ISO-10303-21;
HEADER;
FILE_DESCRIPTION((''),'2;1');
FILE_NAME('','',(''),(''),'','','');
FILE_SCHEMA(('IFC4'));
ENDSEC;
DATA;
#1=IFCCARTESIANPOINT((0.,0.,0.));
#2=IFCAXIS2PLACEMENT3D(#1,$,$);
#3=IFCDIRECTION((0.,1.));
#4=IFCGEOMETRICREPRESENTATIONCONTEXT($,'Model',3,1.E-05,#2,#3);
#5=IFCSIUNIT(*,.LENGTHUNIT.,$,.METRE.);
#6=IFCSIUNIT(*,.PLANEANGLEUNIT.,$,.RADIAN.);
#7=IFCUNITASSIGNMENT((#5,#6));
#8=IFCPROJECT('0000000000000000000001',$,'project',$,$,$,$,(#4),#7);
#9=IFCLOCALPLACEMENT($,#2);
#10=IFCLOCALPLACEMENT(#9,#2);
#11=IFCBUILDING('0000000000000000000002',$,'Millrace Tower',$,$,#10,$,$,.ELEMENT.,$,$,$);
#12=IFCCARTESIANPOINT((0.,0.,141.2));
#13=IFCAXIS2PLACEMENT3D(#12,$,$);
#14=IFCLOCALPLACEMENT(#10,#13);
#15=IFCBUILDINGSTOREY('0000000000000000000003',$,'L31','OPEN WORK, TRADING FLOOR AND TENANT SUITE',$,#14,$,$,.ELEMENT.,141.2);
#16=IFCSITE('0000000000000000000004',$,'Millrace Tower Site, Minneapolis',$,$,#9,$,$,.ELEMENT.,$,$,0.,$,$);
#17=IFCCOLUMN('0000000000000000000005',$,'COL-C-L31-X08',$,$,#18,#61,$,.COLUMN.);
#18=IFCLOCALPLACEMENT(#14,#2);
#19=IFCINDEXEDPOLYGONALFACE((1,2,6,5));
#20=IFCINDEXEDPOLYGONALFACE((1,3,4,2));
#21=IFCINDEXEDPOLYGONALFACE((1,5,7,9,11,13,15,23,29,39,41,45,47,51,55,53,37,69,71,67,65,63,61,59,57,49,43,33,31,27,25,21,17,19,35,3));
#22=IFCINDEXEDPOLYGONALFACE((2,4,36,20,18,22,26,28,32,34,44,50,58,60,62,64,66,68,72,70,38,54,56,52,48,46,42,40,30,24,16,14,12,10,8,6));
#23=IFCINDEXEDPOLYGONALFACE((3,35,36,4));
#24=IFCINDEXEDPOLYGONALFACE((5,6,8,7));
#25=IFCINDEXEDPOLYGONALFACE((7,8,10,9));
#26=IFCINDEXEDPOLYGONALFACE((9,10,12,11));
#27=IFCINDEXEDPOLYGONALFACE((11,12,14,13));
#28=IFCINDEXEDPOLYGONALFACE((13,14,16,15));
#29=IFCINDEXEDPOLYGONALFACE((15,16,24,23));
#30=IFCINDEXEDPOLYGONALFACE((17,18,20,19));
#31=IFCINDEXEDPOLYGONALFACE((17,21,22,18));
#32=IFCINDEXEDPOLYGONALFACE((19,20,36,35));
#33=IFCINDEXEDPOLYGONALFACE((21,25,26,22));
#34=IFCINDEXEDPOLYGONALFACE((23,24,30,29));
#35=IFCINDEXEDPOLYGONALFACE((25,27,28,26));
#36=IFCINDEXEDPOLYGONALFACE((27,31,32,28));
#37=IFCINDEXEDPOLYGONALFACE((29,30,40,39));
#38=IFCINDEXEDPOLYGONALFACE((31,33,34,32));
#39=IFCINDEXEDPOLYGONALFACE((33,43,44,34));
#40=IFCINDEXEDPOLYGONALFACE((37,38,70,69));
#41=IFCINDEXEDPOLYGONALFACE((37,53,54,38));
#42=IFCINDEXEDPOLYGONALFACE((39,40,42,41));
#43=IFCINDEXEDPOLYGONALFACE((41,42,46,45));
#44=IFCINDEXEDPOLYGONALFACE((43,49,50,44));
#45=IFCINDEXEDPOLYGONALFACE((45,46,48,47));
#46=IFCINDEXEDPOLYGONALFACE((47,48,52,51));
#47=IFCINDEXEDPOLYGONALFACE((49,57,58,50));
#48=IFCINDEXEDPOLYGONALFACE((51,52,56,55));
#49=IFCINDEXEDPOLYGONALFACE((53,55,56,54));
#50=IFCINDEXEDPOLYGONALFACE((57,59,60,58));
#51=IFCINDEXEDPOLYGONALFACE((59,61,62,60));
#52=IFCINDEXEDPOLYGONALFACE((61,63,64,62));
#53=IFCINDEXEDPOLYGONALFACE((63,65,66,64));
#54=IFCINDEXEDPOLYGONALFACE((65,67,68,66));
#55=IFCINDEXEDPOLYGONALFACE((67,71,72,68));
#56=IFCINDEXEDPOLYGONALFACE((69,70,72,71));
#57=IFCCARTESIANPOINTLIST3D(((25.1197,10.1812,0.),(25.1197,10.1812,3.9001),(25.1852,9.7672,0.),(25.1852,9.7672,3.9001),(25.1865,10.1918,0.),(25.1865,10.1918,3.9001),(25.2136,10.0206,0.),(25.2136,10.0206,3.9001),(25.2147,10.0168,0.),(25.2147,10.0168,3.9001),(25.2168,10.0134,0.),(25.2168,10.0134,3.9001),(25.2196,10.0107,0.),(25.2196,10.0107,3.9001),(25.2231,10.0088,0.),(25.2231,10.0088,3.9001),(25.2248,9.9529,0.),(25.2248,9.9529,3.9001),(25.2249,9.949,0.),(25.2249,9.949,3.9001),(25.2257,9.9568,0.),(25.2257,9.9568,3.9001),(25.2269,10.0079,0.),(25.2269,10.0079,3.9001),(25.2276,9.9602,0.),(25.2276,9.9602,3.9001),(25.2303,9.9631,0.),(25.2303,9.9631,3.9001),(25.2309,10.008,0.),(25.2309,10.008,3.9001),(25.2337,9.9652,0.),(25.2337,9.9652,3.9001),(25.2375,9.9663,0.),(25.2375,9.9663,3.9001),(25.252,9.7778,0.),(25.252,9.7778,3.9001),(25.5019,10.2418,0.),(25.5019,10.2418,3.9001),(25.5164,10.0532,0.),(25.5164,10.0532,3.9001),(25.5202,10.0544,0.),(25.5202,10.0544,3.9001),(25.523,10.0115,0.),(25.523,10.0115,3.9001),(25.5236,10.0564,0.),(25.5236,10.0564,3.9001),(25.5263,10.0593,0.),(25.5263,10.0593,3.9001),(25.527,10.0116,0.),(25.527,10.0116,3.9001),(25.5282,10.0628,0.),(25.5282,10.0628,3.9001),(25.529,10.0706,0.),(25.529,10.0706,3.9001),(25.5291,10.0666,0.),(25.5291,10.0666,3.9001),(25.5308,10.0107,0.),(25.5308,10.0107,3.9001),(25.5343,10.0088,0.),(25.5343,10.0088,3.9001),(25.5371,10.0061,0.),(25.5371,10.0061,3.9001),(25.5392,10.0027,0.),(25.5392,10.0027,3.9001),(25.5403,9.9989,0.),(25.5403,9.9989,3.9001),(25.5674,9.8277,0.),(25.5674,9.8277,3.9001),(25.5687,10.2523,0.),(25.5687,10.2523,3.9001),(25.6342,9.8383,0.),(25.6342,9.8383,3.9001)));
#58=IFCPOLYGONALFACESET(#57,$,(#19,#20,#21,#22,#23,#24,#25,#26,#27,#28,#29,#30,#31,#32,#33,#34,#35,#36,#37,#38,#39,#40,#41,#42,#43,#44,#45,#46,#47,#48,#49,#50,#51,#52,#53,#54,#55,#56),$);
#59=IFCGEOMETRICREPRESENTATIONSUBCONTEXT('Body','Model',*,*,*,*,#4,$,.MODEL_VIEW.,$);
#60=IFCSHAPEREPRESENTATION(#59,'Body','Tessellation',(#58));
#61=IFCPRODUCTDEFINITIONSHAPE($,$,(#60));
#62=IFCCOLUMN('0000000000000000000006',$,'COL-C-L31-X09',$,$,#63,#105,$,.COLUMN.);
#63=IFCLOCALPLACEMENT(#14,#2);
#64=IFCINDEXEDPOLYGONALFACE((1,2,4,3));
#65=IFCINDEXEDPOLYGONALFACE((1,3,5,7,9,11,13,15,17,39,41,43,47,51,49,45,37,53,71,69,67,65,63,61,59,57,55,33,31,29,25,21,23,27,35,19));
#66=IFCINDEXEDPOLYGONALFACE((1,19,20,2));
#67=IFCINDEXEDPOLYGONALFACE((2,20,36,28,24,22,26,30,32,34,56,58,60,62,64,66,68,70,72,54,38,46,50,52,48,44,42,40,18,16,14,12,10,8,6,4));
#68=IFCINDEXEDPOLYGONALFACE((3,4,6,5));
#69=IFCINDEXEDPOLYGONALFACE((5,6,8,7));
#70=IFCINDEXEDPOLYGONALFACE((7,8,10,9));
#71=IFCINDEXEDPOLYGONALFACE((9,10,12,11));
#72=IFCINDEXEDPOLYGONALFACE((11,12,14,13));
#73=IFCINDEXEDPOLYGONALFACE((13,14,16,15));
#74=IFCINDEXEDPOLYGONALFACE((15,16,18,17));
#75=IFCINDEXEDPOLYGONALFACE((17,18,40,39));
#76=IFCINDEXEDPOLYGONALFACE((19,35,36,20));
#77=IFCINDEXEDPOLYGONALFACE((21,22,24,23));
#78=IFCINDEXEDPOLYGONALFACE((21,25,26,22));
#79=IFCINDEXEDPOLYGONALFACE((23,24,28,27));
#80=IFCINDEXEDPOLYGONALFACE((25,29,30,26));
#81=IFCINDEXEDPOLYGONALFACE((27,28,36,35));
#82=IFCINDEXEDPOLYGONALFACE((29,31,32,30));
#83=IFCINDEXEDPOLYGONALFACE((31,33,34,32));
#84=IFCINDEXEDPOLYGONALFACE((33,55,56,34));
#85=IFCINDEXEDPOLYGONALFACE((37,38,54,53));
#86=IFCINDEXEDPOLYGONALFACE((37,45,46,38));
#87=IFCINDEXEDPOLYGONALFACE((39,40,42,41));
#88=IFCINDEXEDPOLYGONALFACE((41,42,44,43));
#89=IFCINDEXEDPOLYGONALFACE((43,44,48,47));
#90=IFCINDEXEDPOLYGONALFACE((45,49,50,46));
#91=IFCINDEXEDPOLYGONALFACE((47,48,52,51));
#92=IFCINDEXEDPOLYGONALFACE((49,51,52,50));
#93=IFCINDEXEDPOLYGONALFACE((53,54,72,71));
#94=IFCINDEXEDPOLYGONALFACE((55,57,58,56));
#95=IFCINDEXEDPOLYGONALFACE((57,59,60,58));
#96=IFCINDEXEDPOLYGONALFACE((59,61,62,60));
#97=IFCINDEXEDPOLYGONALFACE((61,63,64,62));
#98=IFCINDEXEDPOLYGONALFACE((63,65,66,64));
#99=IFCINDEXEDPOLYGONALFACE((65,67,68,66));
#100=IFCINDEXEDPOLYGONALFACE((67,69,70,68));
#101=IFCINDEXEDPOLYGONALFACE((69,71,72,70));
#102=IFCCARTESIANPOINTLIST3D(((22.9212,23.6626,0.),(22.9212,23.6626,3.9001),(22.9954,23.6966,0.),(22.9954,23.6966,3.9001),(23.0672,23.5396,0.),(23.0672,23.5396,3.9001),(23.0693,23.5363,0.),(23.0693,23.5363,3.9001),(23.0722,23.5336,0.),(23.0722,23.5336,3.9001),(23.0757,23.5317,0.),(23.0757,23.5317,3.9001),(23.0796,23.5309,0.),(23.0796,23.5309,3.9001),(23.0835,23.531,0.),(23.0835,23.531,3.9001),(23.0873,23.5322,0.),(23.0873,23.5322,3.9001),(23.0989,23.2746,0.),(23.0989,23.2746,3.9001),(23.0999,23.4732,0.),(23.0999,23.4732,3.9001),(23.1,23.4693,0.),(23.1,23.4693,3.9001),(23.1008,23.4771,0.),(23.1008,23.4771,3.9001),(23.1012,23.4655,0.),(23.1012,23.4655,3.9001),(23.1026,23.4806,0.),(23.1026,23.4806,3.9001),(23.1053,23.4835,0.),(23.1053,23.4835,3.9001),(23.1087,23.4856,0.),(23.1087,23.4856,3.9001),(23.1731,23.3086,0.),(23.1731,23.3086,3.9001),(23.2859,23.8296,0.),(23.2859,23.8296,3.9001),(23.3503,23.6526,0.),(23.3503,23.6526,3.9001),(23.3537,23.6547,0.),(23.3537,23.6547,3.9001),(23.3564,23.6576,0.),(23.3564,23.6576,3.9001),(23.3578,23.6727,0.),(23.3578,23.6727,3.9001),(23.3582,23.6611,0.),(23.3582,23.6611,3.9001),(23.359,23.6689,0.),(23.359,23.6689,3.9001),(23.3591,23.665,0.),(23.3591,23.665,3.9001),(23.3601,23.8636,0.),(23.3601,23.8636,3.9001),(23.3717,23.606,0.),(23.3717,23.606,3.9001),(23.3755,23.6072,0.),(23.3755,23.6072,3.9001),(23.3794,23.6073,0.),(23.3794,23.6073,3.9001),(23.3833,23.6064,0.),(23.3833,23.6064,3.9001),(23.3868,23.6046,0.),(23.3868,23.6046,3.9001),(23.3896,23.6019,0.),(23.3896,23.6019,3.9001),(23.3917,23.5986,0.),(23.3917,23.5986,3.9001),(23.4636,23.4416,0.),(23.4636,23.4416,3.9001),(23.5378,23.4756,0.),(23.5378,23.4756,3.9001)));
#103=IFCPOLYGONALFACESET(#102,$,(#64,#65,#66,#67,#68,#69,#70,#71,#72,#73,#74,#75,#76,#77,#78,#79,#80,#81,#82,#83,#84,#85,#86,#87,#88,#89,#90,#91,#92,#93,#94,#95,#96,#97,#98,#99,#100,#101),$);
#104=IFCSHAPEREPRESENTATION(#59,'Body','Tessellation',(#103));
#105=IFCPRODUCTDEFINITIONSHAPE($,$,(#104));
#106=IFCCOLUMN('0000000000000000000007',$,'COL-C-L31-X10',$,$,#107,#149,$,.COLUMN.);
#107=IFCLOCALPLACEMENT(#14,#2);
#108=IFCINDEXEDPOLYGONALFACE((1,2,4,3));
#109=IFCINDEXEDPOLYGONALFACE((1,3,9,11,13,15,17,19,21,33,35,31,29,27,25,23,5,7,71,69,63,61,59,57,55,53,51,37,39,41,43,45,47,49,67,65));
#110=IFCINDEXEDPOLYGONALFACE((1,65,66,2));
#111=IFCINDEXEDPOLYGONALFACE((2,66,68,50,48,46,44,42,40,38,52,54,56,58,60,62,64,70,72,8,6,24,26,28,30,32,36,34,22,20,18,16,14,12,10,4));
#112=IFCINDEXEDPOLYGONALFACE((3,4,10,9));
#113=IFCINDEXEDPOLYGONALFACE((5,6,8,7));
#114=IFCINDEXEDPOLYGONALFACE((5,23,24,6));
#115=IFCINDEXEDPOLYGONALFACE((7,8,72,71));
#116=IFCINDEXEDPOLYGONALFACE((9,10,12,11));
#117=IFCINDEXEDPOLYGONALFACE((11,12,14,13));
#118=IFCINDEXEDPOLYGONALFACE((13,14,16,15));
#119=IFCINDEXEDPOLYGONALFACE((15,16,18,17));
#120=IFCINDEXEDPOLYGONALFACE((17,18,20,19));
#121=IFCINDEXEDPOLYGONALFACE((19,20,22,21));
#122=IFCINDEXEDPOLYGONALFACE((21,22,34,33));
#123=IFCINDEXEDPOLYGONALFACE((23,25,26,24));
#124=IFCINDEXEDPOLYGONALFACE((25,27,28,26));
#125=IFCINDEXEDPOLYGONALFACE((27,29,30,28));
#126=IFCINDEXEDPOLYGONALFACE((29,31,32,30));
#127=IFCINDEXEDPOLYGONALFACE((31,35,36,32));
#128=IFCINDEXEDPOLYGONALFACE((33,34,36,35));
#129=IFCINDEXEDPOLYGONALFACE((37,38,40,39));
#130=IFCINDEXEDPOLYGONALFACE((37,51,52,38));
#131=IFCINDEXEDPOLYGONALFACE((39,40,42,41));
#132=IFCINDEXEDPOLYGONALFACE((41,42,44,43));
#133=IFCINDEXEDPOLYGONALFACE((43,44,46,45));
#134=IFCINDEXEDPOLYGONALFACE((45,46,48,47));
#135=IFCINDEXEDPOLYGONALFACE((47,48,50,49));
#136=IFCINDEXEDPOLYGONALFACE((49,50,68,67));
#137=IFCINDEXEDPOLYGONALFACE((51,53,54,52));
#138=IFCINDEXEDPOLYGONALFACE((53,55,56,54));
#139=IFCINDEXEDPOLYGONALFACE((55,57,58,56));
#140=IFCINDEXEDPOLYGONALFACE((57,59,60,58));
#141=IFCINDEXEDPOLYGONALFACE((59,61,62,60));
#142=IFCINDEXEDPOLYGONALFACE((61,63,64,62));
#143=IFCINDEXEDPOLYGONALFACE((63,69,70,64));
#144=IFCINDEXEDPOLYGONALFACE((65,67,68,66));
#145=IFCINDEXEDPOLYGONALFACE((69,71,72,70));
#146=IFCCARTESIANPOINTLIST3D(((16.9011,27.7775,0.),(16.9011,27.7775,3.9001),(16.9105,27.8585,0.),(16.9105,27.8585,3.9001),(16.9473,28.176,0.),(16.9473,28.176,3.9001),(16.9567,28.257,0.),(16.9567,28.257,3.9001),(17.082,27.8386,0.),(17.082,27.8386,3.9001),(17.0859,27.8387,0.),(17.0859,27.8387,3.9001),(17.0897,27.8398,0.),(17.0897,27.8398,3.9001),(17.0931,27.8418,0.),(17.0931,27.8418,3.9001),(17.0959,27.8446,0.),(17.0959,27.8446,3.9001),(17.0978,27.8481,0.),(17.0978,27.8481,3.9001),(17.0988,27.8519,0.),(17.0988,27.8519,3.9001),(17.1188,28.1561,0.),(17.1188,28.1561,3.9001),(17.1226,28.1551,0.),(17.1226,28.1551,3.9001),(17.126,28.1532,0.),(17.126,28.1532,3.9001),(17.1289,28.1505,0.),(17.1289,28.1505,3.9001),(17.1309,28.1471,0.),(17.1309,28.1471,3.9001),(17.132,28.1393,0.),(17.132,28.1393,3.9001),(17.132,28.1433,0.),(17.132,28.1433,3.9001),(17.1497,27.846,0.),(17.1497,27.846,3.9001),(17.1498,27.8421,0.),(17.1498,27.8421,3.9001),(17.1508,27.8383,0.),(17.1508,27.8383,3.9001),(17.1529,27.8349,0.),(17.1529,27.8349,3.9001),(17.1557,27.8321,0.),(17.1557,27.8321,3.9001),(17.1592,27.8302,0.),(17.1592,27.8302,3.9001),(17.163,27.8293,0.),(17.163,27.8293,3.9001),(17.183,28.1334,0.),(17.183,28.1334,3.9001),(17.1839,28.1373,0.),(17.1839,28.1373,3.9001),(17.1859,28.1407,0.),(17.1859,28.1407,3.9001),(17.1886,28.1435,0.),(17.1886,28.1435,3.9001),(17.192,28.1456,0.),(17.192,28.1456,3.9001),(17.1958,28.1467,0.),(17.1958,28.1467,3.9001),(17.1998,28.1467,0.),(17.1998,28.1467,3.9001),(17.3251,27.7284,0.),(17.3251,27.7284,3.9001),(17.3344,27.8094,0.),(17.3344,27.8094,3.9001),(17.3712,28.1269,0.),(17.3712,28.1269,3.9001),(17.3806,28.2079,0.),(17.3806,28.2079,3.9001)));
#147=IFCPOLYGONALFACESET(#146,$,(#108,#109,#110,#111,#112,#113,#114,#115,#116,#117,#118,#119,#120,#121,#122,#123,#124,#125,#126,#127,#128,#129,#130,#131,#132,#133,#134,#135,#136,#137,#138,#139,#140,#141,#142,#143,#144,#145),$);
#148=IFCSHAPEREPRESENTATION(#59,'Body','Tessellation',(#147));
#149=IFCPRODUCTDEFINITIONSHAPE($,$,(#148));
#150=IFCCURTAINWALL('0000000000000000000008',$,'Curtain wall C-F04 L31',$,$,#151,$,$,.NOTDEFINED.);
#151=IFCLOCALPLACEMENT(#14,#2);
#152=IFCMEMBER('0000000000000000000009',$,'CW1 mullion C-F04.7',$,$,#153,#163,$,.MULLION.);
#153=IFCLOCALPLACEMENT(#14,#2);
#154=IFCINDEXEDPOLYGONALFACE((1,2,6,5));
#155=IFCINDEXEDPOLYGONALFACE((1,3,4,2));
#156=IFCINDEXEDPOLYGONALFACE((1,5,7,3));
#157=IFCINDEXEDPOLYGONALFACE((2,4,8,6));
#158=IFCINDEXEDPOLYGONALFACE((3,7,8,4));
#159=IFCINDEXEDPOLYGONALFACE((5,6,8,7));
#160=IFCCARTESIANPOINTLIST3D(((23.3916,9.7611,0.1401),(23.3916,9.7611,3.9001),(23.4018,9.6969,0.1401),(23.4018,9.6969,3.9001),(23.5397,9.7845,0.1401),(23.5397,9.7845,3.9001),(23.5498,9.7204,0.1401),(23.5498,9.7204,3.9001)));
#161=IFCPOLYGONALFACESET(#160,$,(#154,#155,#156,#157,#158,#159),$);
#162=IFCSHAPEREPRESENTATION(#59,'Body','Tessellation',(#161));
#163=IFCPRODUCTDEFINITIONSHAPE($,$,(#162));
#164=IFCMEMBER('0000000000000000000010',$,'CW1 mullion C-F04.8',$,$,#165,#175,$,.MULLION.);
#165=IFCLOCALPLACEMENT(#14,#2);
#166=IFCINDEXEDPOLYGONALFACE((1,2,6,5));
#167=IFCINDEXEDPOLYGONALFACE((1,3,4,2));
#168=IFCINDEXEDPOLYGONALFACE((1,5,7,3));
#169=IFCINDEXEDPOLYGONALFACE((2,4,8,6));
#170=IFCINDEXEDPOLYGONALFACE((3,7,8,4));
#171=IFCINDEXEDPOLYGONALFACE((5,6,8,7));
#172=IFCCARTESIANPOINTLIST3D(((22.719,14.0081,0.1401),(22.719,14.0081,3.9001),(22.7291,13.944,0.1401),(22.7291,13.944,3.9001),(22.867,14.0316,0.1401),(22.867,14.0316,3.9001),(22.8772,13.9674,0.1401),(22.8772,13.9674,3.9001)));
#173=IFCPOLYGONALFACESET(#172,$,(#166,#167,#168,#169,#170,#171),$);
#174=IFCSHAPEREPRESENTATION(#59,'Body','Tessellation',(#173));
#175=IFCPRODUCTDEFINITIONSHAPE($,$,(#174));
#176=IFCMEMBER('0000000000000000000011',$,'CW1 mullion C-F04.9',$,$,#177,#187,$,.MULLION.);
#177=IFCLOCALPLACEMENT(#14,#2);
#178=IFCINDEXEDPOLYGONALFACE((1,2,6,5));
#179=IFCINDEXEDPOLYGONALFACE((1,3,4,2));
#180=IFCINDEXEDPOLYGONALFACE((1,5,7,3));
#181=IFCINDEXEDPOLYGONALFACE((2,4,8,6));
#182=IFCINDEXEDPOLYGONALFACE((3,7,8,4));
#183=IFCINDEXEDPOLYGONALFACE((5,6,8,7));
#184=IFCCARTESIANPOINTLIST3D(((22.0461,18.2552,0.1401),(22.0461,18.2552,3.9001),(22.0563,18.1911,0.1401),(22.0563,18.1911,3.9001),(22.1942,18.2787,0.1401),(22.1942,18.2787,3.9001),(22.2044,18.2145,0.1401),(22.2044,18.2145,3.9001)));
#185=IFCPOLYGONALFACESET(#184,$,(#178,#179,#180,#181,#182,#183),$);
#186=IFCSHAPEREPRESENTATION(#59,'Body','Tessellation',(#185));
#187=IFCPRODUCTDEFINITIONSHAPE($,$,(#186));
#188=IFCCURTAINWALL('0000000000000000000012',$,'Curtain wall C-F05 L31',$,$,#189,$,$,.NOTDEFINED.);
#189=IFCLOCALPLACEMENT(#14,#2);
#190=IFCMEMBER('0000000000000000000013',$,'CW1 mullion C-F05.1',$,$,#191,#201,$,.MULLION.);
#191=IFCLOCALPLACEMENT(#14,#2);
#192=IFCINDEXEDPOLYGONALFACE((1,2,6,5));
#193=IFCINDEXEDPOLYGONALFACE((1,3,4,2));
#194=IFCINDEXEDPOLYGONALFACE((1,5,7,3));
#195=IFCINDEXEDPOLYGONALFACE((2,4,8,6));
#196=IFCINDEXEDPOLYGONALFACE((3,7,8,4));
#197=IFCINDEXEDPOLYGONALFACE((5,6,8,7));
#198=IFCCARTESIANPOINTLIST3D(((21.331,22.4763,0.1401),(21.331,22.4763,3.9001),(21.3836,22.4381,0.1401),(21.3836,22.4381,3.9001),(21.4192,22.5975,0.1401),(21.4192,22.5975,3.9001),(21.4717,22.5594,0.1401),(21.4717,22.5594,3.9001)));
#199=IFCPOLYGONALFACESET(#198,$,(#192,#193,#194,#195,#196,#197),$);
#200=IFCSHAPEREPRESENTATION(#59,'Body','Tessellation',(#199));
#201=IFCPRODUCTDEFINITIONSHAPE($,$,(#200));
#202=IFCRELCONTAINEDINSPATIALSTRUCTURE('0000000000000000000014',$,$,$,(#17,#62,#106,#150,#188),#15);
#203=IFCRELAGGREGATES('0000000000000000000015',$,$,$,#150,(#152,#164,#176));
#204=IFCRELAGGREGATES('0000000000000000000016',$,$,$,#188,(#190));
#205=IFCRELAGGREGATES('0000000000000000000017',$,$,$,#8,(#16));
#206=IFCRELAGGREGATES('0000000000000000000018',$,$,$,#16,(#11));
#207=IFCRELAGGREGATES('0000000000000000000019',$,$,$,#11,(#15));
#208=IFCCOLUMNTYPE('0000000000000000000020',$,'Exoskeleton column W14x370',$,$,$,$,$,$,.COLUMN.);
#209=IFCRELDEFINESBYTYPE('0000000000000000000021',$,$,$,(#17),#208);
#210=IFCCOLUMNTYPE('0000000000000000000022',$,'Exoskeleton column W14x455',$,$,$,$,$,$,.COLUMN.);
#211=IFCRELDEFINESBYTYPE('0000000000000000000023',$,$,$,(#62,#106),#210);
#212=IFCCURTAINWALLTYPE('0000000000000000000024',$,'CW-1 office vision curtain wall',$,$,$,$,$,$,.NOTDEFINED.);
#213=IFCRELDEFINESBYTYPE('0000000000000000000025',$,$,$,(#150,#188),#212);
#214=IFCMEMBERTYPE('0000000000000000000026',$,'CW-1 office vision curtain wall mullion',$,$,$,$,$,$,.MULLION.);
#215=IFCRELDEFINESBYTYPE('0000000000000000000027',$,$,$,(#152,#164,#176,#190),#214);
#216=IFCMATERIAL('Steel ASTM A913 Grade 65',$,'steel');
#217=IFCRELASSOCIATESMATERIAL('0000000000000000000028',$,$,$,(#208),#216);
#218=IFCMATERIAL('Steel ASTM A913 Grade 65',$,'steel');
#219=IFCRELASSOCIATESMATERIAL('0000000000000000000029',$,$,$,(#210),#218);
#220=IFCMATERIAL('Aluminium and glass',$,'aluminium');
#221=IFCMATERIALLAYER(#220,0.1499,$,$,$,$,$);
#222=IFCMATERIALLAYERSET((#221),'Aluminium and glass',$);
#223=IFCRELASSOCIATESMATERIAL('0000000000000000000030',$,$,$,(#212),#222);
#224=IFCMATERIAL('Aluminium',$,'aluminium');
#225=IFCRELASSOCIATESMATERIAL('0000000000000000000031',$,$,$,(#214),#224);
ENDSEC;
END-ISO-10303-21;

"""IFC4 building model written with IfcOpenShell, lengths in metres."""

from ifc_helpers import new_model, si_unit, direction, frame, origin, origin_2d, place, context, subcontext, project, spatial, rectangle, i_section, extrude, material, layer, layer_set, material_profile, profile_set, type_object, element, aggregate, save


model = new_model("IFC4")

# Units and contexts
model_context = context("Model", 3, precision=1e-05, world=origin(), true_north=direction((0.0, 1.0)))
body_context = subcontext(model_context, "Body", "Model", "MODEL_VIEW")
ifc_project = project(units=[si_unit("LENGTHUNIT", "METRE"), si_unit("PLANEANGLEUNIT", "RADIAN")], contexts=[model_context])

# Site, building, storey
site_placement = place(None, origin())
site = spatial("IfcSite", under=ifc_project, at=site_placement, Name="Millrace Tower Site, Minneapolis", CompositionType="ELEMENT", RefElevation=0.0)
building_placement = place(site_placement, origin())
building = spatial("IfcBuilding", under=site, at=building_placement, Name="Millrace Tower", CompositionType="ELEMENT")
storey_placement = place(building_placement, frame((0.0, 0.0, 141.2)))
storey = spatial("IfcBuildingStorey", under=building, at=storey_placement, Name="L31", Description="OPEN WORK, TRADING FLOOR AND TENANT SUITE", CompositionType="ELEMENT", Elevation=141.2)

# Columns
ifc_material_1 = material(Name="Steel ASTM A913 Grade 65", Category="steel")
ifc_material_profile_1 = material_profile(ifc_material_1, i_section(OverallWidth=0.4192, OverallDepth=0.4546, WebThickness=0.0422, FlangeThickness=0.0676, FilletRadius=0.0151, at=origin_2d()))
ifc_profile_set_1 = profile_set([ifc_material_profile_1], Name="Steel ASTM A913 Grade 65")
column_type_1 = type_object("IfcColumnType", Name="Exoskeleton column W14x370", PredefinedType="COLUMN", material=ifc_profile_set_1)
column_placement = place(storey_placement, frame((25.377, 10.0098, 0.0), z_axis=(0.0, 0.0, 1.0), x_axis=(-0.156434, 0.987688, 0.0)))
element("IfcColumn", 1, at=column_placement, inside=storey, type_object=column_type_1, Name="COL-C-L31-X08", PredefinedType="COLUMN", context=body_context, shape_type="SweptSolid", body=[
    extrude(i_section(OverallWidth=0.4192, OverallDepth=0.4546, WebThickness=0.0422, FlangeThickness=0.0676, FilletRadius=0.0151, at=origin_2d()), origin(), (0.0, 0.0, 1.0), 3.9001),
])
ifc_material_2 = material(Name="Steel ASTM A913 Grade 65", Category="steel")
ifc_material_profile_2 = material_profile(ifc_material_2, i_section(OverallWidth=0.4268, OverallDepth=0.4827, WebThickness=0.0513, FlangeThickness=0.0815, FilletRadius=0.0151, at=origin_2d()))
ifc_profile_set_2 = profile_set([ifc_material_profile_2], Name="Steel ASTM A913 Grade 65")
column_type_2 = type_object("IfcColumnType", Name="Exoskeleton column W14x455", PredefinedType="COLUMN", material=ifc_profile_set_2)
for number, where, z_axis, x_axis, name in (
    (2, (23.2295, 23.5691, 0.0), (0.0, 0.0, 1.0), (-0.416401, 0.909181, 0.0), "COL-C-L31-X09"),
    (3, (17.1409, 27.9927, 0.0), (0.0, 0.0, 1.0), (-0.993358, 0.115069, 0.0), "COL-C-L31-X10"),
):
    element("IfcColumn", number, at=place(storey_placement, frame(where, z_axis=z_axis, x_axis=x_axis)), inside=storey, type_object=column_type_2, Name=name, PredefinedType="COLUMN", context=body_context, shape_type="SweptSolid", body=[
        extrude(i_section(OverallWidth=0.4268, OverallDepth=0.4827, WebThickness=0.0513, FlangeThickness=0.0815, FilletRadius=0.0151, at=origin_2d()), origin(), (0.0, 0.0, 1.0), 3.9001),
    ])

# Curtain wall, members
ifc_material_3 = material(Name="Aluminium and glass", Category="aluminium")
ifc_layer_1 = layer(ifc_material_3, 0.1499)
ifc_layer_set_1 = layer_set([ifc_layer_1], Name="Aluminium and glass")
curtain_wall_type = type_object("IfcCurtainWallType", Name="CW-1 office vision curtain wall", PredefinedType="NOTDEFINED", material=ifc_layer_set_1)
placement = place(storey_placement, origin())
curtain_wall_1 = element("IfcCurtainWall", 4, at=placement, inside=storey, type_object=curtain_wall_type, Name="Curtain wall C-F04 L31", PredefinedType="NOTDEFINED")
ifc_material_4 = material(Name="Aluminium", Category="aluminium")
ifc_material_profile_3 = material_profile(ifc_material_4, rectangle(XDim=0.0649, YDim=0.1499, at=origin_2d()))
ifc_profile_set_3 = profile_set([ifc_material_profile_3], Name="Aluminium")
member_type_1 = type_object("IfcMemberType", Name="CW-1 office vision curtain wall mullion", PredefinedType="MULLION", material=ifc_profile_set_3)
member_1_placement = place(storey_placement, frame((23.4707, 9.7407, 0.1401), z_axis=(0.0, 0.0, 1.0), x_axis=(-0.156434, 0.987688, 0.0)))
member_1 = element("IfcMember", 5, at=member_1_placement, type_object=member_type_1, Name="CW1 mullion C-F04.7", PredefinedType="MULLION", context=body_context, shape_type="SweptSolid", body=[
    extrude(rectangle(XDim=0.0649, YDim=0.1499, at=origin_2d()), origin(), (0.0, 0.0, 1.0), 3.76),
])
member_2_placement = place(storey_placement, frame((22.7981, 13.9878, 0.1401), z_axis=(0.0, 0.0, 1.0), x_axis=(-0.156434, 0.987688, 0.0)))
member_2 = element("IfcMember", 6, at=member_2_placement, type_object=member_type_1, Name="CW1 mullion C-F04.8", PredefinedType="MULLION", context=body_context, shape_type="SweptSolid", body=[
    extrude(rectangle(XDim=0.0649, YDim=0.1499, at=origin_2d()), origin(), (0.0, 0.0, 1.0), 3.76),
])
member_3_placement = place(storey_placement, frame((22.1252, 18.2349, 0.1401), z_axis=(0.0, 0.0, 1.0), x_axis=(-0.156434, 0.987688, 0.0)))
member_3 = element("IfcMember", 7, at=member_3_placement, type_object=member_type_1, Name="CW1 mullion C-F04.9", PredefinedType="MULLION", context=body_context, shape_type="SweptSolid", body=[
    extrude(rectangle(XDim=0.0649, YDim=0.1499, at=origin_2d()), origin(), (0.0, 0.0, 1.0), 3.76),
])
aggregate(curtain_wall_1, [member_1, member_2, member_3])

# Curtain wall, member
curtain_wall_2 = element("IfcCurtainWall", 8, at=placement, inside=storey, type_object=curtain_wall_type, Name="Curtain wall C-F05 L31", PredefinedType="NOTDEFINED")
member_4_placement = place(storey_placement, frame((21.4014, 22.5178, 0.1401), z_axis=(0.0, 0.0, 1.0), x_axis=(-0.809017, 0.587785, 0.0)))
member_4 = element("IfcMember", 9, at=member_4_placement, type_object=member_type_1, Name="CW1 mullion C-F05.1", PredefinedType="MULLION", context=body_context, shape_type="SweptSolid", body=[
    extrude(rectangle(XDim=0.0649, YDim=0.1499, at=origin_2d()), origin(), (0.0, 0.0, 1.0), 3.76),
])

aggregate(curtain_wall_2, [member_4])

save(model, "model.ifc")
